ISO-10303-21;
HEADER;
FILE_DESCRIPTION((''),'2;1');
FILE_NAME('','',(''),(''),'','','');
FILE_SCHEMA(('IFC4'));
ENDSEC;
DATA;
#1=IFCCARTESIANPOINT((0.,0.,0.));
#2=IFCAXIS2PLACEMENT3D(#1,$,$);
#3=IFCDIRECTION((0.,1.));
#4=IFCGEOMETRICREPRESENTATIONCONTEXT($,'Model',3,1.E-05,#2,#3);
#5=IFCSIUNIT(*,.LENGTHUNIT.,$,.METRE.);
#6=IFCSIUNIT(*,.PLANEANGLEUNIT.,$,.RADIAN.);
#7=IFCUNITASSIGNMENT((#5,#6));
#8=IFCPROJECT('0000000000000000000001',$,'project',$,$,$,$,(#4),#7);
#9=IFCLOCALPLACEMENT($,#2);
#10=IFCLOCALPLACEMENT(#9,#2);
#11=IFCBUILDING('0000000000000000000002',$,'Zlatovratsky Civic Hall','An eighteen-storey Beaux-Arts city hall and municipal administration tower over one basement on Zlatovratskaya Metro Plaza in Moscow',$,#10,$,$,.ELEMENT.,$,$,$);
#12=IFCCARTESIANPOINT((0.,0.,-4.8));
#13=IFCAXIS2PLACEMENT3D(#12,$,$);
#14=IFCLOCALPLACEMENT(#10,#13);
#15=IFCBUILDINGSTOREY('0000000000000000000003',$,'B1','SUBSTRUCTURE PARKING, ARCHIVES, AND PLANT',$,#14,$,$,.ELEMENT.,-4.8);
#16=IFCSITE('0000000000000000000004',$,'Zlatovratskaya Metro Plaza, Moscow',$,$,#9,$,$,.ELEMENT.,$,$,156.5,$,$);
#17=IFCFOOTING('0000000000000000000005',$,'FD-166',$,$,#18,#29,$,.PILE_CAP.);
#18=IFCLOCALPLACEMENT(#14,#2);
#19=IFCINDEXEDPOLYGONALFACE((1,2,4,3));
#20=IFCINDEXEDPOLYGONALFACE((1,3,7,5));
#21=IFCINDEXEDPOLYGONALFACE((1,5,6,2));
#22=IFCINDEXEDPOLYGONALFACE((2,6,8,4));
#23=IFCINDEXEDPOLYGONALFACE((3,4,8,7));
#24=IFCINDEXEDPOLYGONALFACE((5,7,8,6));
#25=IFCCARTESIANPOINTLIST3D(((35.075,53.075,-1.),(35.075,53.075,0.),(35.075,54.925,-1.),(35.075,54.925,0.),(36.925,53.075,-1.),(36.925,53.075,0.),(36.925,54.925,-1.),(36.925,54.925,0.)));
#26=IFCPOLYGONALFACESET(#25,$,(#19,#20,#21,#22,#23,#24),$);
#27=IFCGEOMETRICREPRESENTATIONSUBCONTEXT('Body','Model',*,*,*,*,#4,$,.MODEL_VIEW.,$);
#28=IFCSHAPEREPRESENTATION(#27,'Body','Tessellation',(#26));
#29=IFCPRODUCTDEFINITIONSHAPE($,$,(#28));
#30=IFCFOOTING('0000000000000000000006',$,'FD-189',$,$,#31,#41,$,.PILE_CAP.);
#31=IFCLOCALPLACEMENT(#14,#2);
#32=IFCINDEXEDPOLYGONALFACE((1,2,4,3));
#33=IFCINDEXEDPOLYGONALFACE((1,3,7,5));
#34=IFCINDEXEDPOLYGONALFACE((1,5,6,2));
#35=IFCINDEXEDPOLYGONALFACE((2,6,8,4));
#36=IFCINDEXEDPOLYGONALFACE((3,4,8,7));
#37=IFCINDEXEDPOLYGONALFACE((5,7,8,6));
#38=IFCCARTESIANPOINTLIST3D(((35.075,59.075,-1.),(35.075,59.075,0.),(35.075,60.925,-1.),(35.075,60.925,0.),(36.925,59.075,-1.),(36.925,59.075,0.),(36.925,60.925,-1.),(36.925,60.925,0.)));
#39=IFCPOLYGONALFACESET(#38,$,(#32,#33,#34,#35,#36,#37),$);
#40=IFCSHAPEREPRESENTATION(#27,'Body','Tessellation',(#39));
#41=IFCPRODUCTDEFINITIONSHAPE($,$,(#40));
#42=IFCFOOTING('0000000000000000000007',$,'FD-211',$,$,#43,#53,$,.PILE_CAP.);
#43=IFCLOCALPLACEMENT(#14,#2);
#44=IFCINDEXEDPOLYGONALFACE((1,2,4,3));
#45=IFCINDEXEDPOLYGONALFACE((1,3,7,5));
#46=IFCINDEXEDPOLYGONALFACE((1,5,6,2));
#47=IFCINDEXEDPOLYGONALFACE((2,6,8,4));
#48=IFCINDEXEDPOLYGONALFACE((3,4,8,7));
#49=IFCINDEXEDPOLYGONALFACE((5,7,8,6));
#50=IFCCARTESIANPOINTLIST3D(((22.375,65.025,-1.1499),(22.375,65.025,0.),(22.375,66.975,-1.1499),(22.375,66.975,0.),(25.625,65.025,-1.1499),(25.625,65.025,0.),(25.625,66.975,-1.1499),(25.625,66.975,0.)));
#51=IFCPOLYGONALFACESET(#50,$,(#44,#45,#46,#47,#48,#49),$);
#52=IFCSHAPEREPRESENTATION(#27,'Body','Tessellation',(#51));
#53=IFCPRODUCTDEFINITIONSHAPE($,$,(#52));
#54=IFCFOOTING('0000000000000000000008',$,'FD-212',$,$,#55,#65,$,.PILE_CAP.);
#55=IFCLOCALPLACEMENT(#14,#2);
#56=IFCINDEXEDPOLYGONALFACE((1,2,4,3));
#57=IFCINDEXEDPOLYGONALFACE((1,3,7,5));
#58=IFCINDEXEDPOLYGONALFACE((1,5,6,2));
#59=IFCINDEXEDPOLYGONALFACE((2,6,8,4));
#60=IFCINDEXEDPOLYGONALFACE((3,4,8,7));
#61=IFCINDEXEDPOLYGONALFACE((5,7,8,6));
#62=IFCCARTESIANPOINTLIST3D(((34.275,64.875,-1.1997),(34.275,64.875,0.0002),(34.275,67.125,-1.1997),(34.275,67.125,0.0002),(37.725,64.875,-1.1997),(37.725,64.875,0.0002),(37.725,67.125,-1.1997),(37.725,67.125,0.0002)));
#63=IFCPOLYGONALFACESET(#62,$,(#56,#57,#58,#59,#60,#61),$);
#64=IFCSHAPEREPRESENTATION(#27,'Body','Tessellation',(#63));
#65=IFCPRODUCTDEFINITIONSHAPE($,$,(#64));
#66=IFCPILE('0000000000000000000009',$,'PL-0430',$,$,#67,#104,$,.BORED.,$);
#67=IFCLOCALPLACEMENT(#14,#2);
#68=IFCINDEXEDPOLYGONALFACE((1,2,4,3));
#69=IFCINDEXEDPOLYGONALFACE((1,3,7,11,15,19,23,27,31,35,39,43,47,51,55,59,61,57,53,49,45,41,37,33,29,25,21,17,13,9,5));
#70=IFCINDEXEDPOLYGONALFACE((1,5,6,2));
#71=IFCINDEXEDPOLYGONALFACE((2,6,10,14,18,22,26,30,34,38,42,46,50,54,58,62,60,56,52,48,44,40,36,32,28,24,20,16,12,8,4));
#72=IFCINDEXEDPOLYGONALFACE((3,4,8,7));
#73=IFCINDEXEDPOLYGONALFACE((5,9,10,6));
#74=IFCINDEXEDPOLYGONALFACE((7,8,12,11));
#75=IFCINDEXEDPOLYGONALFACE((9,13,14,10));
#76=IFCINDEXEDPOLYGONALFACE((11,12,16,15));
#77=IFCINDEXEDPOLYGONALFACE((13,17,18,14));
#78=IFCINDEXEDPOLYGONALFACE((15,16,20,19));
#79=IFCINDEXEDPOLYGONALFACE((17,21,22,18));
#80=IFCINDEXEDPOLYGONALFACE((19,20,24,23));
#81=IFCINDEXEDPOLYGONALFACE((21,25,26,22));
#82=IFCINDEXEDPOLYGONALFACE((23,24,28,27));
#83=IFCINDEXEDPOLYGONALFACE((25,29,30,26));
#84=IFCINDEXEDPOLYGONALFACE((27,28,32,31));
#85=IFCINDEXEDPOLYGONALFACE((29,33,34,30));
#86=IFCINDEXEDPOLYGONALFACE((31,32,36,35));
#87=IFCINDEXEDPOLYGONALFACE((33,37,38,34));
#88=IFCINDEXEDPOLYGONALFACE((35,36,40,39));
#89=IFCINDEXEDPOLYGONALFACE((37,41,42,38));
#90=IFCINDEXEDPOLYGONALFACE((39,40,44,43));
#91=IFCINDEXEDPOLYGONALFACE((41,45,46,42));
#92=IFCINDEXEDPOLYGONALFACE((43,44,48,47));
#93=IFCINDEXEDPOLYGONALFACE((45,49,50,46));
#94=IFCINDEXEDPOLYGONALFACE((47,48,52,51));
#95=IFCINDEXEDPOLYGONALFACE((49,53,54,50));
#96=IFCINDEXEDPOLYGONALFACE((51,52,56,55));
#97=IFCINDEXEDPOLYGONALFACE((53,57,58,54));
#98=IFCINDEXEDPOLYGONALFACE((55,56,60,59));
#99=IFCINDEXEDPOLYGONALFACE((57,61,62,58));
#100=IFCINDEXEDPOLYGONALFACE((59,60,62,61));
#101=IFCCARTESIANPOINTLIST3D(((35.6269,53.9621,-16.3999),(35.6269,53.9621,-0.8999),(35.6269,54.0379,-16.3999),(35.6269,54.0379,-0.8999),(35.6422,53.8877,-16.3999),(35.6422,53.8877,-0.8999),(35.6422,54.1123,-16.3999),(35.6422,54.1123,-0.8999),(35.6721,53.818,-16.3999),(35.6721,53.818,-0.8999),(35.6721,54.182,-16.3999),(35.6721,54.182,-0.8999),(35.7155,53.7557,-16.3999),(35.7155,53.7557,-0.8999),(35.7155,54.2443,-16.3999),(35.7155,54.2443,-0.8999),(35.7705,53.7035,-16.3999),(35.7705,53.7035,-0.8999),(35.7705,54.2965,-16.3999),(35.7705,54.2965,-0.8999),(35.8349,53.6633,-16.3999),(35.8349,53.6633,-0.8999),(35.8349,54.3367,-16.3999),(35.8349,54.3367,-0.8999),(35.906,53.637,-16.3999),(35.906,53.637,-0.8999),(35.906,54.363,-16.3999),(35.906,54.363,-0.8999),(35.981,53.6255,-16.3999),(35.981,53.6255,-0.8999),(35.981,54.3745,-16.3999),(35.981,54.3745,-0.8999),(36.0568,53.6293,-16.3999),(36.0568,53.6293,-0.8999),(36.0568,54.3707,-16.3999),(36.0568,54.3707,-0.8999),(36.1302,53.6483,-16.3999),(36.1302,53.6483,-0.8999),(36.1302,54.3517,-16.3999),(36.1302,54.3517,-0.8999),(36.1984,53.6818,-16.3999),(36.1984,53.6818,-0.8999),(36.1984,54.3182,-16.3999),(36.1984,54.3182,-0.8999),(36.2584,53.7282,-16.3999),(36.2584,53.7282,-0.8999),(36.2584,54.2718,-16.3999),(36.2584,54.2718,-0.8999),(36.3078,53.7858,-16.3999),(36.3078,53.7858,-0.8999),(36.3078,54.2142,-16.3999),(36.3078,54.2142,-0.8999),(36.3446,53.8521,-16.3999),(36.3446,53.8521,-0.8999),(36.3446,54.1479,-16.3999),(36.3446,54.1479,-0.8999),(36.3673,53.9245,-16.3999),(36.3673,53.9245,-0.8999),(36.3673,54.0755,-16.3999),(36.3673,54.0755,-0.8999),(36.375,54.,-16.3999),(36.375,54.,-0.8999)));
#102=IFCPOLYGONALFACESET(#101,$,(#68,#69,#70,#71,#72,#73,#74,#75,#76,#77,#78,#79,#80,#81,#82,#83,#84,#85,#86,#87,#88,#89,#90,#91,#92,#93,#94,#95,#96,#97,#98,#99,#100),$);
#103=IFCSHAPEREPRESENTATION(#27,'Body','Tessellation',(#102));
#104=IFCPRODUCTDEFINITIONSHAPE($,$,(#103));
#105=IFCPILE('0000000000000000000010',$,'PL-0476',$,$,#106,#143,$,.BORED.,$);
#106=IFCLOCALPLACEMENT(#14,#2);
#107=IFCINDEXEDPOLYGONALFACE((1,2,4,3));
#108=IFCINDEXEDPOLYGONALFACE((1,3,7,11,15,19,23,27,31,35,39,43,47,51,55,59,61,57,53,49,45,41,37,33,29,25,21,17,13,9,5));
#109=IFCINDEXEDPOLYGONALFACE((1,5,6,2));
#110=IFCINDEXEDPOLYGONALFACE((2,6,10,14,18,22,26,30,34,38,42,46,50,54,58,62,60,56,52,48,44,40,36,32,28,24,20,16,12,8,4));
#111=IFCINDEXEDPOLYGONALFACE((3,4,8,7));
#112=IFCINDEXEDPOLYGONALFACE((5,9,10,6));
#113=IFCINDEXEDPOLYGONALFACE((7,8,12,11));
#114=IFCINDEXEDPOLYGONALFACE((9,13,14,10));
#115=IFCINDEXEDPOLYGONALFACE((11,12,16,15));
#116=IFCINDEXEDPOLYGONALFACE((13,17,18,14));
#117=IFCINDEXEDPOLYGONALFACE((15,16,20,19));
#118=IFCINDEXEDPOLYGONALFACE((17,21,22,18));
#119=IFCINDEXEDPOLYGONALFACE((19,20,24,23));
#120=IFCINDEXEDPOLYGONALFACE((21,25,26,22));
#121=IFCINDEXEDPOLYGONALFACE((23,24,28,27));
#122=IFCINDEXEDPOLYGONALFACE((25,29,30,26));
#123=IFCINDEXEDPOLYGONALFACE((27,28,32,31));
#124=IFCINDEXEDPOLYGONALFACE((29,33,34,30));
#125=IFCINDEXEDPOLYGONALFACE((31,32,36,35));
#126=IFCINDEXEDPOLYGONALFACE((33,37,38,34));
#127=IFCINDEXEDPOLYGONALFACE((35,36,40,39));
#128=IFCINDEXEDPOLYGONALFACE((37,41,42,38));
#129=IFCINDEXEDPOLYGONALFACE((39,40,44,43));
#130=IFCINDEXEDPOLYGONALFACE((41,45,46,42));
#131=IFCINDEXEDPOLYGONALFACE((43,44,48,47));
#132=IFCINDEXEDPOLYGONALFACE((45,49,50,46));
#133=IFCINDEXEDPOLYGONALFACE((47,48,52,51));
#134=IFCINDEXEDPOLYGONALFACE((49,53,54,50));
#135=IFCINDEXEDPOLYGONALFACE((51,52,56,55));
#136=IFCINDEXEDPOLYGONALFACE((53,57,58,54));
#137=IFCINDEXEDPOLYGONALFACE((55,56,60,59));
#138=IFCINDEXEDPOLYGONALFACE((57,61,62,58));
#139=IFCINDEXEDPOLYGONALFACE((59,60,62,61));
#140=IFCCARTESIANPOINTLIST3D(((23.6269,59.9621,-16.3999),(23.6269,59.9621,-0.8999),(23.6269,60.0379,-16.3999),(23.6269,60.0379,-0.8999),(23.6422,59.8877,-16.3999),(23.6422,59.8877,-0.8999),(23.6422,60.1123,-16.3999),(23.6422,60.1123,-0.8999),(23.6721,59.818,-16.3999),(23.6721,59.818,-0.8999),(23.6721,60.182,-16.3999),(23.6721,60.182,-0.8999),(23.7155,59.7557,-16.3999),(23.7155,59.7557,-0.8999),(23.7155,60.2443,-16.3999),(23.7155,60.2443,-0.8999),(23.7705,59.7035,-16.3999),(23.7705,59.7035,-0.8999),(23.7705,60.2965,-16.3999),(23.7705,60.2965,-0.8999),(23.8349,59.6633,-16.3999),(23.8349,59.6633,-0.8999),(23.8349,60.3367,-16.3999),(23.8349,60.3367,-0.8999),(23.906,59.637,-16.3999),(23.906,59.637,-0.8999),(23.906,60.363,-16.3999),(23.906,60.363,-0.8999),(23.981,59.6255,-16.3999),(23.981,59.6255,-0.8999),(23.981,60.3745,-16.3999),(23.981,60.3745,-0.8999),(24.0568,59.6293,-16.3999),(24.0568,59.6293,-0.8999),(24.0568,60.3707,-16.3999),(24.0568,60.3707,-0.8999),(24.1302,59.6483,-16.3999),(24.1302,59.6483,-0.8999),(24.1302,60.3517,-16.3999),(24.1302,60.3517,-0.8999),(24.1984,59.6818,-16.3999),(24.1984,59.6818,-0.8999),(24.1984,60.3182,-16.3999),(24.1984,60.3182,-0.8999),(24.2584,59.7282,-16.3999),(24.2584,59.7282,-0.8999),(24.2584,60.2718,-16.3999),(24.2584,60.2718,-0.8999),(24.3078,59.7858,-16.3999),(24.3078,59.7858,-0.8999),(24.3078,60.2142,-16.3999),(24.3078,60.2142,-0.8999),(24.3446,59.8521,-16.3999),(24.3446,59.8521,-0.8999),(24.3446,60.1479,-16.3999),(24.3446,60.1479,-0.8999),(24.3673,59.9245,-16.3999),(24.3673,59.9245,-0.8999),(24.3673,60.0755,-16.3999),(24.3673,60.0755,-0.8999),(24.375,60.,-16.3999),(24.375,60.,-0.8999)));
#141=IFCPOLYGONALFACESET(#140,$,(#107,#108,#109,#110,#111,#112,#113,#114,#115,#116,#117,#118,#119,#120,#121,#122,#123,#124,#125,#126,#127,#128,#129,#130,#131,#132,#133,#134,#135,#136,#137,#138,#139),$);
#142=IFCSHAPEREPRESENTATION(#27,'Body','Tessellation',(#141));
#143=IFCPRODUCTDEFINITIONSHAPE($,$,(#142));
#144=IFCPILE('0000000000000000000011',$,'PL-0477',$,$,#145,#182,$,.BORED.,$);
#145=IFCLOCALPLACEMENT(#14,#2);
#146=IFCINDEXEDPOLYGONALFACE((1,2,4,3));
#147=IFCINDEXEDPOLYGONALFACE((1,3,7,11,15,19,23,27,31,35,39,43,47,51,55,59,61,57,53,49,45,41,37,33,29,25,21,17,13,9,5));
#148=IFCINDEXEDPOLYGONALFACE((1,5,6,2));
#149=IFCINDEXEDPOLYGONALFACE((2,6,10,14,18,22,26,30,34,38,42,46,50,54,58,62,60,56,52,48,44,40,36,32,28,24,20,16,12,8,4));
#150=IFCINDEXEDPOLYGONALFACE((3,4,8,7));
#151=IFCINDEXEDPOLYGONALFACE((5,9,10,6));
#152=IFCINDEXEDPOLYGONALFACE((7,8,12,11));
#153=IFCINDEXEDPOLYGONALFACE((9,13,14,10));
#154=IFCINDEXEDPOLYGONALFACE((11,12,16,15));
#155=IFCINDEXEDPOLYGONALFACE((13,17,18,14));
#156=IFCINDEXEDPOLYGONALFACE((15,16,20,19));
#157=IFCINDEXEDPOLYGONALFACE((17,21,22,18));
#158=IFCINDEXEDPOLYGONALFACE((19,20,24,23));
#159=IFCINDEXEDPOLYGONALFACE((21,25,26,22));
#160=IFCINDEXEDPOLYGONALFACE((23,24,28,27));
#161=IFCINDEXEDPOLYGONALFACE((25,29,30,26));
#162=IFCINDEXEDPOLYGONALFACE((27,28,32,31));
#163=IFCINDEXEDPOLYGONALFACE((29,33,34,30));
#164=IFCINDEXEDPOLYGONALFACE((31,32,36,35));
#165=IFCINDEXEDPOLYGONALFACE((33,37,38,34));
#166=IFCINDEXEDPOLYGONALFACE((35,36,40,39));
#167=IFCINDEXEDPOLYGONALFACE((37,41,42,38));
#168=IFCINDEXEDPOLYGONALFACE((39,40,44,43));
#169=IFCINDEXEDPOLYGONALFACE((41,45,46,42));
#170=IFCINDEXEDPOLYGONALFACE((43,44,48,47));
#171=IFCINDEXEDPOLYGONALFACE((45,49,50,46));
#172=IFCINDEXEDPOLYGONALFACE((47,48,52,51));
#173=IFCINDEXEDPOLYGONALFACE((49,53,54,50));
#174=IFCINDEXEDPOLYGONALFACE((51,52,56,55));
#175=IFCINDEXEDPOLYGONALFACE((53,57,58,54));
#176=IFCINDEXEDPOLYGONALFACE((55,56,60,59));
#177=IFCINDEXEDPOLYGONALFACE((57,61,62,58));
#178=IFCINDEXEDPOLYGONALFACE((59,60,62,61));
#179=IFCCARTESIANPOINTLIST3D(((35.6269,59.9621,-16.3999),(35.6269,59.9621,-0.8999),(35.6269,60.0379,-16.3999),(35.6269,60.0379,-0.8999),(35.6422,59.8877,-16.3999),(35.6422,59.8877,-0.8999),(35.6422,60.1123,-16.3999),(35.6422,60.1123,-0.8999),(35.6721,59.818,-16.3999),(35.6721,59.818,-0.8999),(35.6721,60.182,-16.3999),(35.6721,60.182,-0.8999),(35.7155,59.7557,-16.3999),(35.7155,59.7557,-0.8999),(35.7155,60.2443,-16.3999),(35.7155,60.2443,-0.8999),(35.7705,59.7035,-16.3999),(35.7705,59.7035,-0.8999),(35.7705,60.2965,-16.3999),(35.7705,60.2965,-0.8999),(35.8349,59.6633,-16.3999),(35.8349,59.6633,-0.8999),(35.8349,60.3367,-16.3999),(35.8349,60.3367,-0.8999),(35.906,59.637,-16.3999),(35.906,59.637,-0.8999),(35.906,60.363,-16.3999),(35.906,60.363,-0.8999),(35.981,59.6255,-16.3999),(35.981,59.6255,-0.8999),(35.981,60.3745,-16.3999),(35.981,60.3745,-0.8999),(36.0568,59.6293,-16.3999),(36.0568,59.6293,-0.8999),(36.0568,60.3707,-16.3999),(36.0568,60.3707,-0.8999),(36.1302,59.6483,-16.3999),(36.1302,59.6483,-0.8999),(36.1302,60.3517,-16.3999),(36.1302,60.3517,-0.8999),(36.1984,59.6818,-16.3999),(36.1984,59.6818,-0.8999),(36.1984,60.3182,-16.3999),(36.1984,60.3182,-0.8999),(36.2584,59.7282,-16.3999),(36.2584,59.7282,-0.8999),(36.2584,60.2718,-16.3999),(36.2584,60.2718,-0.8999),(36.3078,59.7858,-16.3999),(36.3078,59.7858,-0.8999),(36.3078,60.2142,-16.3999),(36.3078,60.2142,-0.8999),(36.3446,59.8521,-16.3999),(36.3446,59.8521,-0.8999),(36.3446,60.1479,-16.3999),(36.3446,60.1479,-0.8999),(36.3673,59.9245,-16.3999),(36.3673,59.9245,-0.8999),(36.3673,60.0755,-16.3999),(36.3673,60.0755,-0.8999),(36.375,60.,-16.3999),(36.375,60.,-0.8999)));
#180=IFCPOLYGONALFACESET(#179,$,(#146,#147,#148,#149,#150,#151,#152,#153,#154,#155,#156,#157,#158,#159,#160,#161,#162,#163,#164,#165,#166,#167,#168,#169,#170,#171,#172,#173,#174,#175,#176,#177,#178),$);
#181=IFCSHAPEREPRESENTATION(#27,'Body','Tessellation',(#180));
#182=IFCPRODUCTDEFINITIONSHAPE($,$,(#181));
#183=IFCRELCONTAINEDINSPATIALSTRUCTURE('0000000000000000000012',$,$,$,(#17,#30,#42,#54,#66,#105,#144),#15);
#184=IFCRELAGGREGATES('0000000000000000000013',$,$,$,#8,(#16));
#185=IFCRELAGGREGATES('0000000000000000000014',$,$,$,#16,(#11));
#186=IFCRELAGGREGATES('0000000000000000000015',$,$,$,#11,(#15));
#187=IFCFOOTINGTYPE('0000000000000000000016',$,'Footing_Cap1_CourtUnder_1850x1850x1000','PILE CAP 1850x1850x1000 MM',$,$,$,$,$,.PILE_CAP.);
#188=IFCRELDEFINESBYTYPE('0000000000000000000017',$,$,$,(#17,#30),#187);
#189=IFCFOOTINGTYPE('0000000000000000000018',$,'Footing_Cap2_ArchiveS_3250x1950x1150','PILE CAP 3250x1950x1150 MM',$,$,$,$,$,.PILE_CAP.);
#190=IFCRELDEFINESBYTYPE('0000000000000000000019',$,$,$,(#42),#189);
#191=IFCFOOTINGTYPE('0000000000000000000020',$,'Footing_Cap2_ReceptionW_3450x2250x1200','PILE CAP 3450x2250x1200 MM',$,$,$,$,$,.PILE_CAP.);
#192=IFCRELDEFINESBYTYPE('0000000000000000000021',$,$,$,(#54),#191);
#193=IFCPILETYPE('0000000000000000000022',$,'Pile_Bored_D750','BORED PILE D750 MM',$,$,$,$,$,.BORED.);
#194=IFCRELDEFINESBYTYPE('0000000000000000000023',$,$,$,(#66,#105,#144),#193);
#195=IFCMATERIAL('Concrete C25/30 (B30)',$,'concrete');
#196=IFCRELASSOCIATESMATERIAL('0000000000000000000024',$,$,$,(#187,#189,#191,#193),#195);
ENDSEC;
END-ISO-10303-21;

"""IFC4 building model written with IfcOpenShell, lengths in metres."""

from ifc_helpers import new_model, si_unit, direction, frame, origin, origin_2d, place, context, subcontext, project, spatial, rectangle, circle, extrude, material, material_profile, profile_set, type_object, element, save


model = new_model("IFC4")

# Units and contexts
model_context = context("Model", 3, precision=1e-05, world=origin(), true_north=direction((0.0, 1.0)))
body_context = subcontext(model_context, "Body", "Model", "MODEL_VIEW")
ifc_project = project(units=[si_unit("LENGTHUNIT", "METRE"), si_unit("PLANEANGLEUNIT", "RADIAN")], contexts=[model_context])

# Site, building, storey
site_placement = place(None, origin())
site = spatial("IfcSite", under=ifc_project, at=site_placement, Name="Zlatovratskaya Metro Plaza, Moscow", CompositionType="ELEMENT", RefElevation=156.5)
building_placement = place(site_placement, origin())
building = spatial("IfcBuilding", under=site, at=building_placement, Name="Zlatovratsky Civic Hall", Description="An eighteen-storey Beaux-Arts city hall and municipal administration tower over one basement on Zlatovratskaya Metro Plaza in Moscow", CompositionType="ELEMENT")
storey_placement = place(building_placement, frame((0.0, 0.0, -4.8)))
storey = spatial("IfcBuildingStorey", under=building, at=storey_placement, Name="B1", Description="SUBSTRUCTURE PARKING, ARCHIVES, AND PLANT", CompositionType="ELEMENT", Elevation=-4.8)

# Footings
ifc_material_1 = material(Name="Concrete C25/30 (B30)", Category="concrete")
footing_type_1 = type_object("IfcFootingType", Name="Footing_Cap1_CourtUnder_1850x1850x1000", Description="PILE CAP 1850x1850x1000 MM", PredefinedType="PILE_CAP", material=ifc_material_1)
for number, where, z_axis, x_axis, name in (
    (1, (36.0, 54.0, -1.0), (0.0, 0.0, 1.0), (1.0, 0.0, 0.0), "FD-166"),
    (2, (36.0, 60.0, -1.0), (0.0, 0.0, 1.0), (1.0, 0.0, 0.0), "FD-189"),
):
    element("IfcFooting", number, at=place(storey_placement, frame(where, z_axis=z_axis, x_axis=x_axis)), inside=storey, type_object=footing_type_1, Name=name, PredefinedType="PILE_CAP", context=body_context, shape_type="SweptSolid", body=[
        extrude(rectangle(XDim=1.8501, YDim=1.8501, at=origin_2d()), origin(), (0.0, 0.0, 1.0), 1.0),
    ])
footing_type_2 = type_object("IfcFootingType", Name="Footing_Cap2_ArchiveS_3250x1950x1150", Description="PILE CAP 3250x1950x1150 MM", PredefinedType="PILE_CAP", material=ifc_material_1)
footing_1_placement = place(storey_placement, frame((24.0, 66.0, -1.1499), z_axis=(0.0, 0.0, 1.0), x_axis=(1.0, 0.0, 0.0)))
element("IfcFooting", 3, at=footing_1_placement, inside=storey, type_object=footing_type_2, Name="FD-211", PredefinedType="PILE_CAP", context=body_context, shape_type="SweptSolid", body=[
    extrude(rectangle(XDim=3.25, YDim=1.95, at=origin_2d()), origin(), (0.0, 0.0, 1.0), 1.1499),
])
footing_type_3 = type_object("IfcFootingType", Name="Footing_Cap2_ReceptionW_3450x2250x1200", Description="PILE CAP 3450x2250x1200 MM", PredefinedType="PILE_CAP", material=ifc_material_1)
footing_2_placement = place(storey_placement, frame((36.0, 66.0, -1.1997), z_axis=(0.0, 0.0, 1.0), x_axis=(1.0, 0.0, 0.0)))
element("IfcFooting", 4, at=footing_2_placement, inside=storey, type_object=footing_type_3, Name="FD-212", PredefinedType="PILE_CAP", context=body_context, shape_type="SweptSolid", body=[
    extrude(rectangle(XDim=3.45, YDim=2.25, at=origin_2d()), origin(), (0.0, 0.0, 1.0), 1.2),
])

# Piles
ifc_material_profile_1 = material_profile(ifc_material_1, circle(Radius=0.375, at=origin_2d()), Name="PILE D750")
ifc_profile_set_1 = profile_set([ifc_material_profile_1], Name="Concrete C25/30 (B30)")
pile_type_1 = type_object("IfcPileType", Name="Pile_Bored_D750", Description="BORED PILE D750 MM", PredefinedType="BORED", material=ifc_profile_set_1)
for number, where, z_axis, x_axis, name in (
    (5, (36.0, 54.0, -0.8999), (0.0, 0.0, -1.0), (1.0, 0.0, 0.0), "PL-0430"),
    (6, (24.0, 60.0, -0.8999), (0.0, 0.0, -1.0), (1.0, 0.0, 0.0), "PL-0476"),
    (7, (36.0, 60.0, -0.8999), (0.0, 0.0, -1.0), (1.0, 0.0, 0.0), "PL-0477"),
):
    element("IfcPile", number, at=place(storey_placement, frame(where, z_axis=z_axis, x_axis=x_axis)), inside=storey, type_object=pile_type_1, Name=name, PredefinedType="BORED", context=body_context, shape_type="SweptSolid", body=[
        extrude(circle(Radius=0.375, at=origin_2d()), origin(), (0.0, 0.0, 1.0), 15.5),
    ])

save(model, "model.ifc")
